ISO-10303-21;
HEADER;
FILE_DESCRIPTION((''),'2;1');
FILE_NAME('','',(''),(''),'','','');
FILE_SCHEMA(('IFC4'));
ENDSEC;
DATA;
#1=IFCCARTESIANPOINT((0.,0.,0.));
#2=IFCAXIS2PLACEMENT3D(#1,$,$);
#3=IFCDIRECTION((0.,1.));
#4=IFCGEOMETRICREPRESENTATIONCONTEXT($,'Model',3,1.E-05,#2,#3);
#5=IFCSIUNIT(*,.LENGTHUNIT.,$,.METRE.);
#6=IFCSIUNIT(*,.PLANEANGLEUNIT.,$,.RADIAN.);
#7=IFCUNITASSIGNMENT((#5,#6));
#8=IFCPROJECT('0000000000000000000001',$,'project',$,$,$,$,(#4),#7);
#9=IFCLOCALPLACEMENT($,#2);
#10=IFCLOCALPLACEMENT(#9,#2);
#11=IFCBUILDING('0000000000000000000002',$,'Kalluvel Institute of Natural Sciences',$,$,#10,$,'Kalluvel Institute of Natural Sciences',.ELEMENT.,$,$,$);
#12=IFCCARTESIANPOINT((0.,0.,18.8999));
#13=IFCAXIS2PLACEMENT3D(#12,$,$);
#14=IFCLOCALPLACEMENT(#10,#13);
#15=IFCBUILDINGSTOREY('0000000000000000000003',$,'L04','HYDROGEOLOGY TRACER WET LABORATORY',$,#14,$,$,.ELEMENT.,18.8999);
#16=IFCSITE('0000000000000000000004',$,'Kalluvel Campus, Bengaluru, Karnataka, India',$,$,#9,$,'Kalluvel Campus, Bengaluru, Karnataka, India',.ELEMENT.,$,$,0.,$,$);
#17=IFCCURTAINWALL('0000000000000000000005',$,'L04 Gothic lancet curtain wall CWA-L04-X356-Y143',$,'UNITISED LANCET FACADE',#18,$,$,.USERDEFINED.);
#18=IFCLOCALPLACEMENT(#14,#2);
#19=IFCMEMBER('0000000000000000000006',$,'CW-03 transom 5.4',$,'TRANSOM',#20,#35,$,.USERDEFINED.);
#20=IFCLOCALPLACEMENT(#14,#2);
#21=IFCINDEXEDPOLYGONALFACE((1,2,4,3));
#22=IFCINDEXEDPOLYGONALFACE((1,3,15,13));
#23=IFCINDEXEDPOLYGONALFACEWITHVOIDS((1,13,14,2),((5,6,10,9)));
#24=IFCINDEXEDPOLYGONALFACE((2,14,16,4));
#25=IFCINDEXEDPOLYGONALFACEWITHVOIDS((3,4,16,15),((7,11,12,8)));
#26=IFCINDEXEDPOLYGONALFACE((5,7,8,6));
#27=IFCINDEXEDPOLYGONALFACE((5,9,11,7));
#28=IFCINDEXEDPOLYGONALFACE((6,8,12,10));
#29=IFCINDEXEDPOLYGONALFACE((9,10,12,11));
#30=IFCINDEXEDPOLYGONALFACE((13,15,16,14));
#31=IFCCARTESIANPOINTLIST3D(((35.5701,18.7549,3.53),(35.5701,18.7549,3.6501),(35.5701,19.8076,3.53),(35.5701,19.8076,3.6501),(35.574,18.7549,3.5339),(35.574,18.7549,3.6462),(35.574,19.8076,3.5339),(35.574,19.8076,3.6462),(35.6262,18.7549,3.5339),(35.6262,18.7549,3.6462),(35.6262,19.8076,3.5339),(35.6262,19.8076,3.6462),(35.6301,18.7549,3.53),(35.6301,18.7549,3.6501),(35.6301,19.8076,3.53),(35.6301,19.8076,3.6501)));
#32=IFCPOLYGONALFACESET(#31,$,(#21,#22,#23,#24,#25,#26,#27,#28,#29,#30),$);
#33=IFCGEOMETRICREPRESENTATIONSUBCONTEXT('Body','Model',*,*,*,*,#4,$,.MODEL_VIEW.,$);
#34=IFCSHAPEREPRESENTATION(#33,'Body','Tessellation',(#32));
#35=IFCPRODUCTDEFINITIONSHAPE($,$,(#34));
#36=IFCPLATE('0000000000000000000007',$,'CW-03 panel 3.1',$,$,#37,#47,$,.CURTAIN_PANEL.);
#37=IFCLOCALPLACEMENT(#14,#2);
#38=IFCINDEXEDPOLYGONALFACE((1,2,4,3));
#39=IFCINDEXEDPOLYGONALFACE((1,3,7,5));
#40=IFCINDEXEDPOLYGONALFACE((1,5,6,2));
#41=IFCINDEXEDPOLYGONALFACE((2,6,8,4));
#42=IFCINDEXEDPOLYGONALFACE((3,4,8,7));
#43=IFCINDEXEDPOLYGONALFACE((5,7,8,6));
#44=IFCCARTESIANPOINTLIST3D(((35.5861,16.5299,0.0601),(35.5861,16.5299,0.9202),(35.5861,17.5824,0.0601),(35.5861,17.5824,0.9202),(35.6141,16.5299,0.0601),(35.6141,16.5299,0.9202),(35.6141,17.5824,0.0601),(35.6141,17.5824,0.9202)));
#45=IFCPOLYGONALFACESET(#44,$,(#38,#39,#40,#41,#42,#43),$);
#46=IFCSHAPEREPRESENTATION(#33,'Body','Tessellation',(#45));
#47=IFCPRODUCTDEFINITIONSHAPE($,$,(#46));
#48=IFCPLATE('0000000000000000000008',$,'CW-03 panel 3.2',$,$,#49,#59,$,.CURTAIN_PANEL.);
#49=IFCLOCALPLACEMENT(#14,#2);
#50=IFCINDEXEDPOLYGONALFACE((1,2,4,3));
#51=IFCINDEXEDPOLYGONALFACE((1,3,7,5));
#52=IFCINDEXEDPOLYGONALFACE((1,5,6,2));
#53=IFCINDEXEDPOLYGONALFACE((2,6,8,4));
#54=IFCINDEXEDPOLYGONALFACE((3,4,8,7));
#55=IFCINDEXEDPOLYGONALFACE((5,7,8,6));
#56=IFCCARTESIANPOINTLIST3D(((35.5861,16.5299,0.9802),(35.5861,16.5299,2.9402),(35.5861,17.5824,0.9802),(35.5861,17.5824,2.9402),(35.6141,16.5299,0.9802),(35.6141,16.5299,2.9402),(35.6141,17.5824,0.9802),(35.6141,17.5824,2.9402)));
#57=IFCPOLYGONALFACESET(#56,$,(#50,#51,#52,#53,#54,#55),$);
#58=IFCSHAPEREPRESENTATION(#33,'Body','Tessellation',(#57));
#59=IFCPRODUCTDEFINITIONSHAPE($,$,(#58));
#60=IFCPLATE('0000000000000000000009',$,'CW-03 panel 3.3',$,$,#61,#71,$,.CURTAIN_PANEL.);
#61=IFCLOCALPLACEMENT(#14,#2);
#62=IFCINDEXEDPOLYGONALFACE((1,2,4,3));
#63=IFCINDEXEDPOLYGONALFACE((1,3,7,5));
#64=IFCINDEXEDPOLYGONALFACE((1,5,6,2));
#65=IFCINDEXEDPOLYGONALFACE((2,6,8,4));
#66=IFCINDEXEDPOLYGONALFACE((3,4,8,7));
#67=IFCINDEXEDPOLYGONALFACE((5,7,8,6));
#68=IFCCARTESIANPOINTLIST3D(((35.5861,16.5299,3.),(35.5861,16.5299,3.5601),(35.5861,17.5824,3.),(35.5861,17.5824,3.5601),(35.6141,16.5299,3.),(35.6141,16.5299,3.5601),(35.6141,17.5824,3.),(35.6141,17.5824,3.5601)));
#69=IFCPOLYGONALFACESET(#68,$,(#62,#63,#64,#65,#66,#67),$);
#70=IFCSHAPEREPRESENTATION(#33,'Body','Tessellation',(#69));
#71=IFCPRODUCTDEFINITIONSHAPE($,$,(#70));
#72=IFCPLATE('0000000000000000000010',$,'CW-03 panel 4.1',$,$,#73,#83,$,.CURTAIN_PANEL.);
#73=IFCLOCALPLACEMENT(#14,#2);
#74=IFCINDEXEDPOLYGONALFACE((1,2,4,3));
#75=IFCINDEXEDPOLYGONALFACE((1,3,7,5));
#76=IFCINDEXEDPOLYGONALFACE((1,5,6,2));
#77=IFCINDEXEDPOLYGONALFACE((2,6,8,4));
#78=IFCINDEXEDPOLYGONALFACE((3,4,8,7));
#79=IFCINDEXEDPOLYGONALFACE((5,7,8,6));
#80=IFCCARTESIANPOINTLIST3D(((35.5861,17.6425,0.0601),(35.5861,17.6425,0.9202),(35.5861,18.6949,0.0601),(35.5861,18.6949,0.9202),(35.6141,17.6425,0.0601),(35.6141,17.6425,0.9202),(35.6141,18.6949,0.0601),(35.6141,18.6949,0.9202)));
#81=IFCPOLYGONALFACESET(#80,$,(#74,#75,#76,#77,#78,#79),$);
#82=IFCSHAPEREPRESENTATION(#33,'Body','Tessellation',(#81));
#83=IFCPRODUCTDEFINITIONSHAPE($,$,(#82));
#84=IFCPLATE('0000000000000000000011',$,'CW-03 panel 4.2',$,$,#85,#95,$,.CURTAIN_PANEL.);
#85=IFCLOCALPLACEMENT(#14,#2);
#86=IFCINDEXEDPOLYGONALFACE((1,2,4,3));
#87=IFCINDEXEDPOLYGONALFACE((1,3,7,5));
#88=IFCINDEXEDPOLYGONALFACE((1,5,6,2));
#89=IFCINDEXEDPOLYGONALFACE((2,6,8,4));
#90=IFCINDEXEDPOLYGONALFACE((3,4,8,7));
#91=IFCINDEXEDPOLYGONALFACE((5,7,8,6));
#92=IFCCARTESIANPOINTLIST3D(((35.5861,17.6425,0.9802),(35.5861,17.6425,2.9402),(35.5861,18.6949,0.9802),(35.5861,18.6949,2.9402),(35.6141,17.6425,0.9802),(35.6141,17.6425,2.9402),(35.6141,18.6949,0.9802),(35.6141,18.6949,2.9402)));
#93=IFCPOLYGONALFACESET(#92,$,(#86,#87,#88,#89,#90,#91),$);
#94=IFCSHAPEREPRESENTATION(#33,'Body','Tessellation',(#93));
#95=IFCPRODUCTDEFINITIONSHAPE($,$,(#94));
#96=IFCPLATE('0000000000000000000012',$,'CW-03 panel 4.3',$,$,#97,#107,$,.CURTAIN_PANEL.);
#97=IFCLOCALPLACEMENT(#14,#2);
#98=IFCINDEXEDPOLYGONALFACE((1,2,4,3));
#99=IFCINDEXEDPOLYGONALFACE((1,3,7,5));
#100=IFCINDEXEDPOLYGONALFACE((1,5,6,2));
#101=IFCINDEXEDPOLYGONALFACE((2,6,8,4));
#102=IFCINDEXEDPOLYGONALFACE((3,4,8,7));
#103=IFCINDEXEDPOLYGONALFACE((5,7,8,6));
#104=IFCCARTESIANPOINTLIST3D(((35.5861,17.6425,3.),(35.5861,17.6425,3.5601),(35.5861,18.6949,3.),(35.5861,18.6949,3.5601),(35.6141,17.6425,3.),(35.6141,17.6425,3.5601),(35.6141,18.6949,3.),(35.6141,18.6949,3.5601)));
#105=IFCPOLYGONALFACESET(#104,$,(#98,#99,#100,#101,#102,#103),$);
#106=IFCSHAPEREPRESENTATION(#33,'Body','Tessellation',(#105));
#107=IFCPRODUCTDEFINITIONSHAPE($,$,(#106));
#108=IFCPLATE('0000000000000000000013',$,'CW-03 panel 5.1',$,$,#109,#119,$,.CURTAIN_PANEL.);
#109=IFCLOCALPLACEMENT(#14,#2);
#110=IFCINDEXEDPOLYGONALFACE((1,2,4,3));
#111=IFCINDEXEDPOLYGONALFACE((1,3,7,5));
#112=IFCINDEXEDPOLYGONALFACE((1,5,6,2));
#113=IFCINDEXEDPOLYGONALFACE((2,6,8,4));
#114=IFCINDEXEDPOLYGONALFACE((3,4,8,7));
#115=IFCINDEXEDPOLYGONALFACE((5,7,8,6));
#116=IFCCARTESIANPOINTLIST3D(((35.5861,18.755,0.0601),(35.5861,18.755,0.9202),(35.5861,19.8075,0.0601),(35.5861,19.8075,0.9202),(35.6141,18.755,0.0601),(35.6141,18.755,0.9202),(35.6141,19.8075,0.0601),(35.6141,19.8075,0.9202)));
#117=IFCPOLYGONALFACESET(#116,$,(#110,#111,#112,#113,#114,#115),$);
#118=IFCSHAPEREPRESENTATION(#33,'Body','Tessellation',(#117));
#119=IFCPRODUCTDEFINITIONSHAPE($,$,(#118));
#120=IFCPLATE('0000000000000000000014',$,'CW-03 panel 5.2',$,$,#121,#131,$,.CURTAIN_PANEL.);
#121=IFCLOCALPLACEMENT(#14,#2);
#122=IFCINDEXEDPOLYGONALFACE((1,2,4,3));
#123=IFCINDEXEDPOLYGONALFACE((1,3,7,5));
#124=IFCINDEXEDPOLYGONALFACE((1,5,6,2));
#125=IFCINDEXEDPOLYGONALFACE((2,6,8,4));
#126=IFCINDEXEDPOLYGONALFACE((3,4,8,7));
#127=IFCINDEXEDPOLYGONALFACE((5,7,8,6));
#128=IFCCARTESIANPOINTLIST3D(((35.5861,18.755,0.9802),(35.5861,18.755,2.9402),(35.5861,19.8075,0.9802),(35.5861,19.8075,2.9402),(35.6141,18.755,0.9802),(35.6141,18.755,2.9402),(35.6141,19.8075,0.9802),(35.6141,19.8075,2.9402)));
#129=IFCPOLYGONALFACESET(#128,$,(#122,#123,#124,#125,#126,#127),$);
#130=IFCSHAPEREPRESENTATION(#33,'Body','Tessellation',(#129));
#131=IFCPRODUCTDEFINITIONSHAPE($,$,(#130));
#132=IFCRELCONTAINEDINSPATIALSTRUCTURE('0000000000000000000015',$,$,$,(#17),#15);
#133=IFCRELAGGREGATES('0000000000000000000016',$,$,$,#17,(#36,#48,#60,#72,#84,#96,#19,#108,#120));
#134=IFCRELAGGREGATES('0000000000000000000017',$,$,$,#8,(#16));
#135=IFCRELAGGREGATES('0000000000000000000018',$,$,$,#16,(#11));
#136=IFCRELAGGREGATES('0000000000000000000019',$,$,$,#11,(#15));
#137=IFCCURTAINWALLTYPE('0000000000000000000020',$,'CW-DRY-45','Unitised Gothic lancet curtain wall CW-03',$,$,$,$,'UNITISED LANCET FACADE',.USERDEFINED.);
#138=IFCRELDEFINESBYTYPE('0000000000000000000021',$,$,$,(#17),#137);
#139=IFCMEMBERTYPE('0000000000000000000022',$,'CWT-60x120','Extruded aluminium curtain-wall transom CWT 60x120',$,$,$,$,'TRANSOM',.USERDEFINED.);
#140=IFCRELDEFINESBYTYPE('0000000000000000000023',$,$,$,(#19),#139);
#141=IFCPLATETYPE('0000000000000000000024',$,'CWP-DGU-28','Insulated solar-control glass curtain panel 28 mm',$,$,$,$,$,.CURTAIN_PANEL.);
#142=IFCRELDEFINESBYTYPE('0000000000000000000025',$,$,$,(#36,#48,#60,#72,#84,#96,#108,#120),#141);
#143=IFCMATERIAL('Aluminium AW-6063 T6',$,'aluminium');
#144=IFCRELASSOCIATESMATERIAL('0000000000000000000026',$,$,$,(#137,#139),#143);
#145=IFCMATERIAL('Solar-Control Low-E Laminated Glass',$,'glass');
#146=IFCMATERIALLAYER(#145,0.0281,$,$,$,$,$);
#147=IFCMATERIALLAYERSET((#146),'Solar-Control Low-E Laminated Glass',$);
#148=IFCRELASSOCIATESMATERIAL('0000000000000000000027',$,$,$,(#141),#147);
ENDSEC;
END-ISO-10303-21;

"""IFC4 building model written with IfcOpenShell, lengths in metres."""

from ifc_helpers import new_model, si_unit, direction, frame, origin, origin_2d, place, context, subcontext, project, spatial, rectangle, hollow_rectangle, extrude, material, layer, layer_set, material_profile, profile_set, type_object, element, aggregate, save


model = new_model("IFC4")

# Units and contexts
model_context = context("Model", 3, precision=1e-05, world=origin(), true_north=direction((0.0, 1.0)))
body_context = subcontext(model_context, "Body", "Model", "MODEL_VIEW")
ifc_project = project(units=[si_unit("LENGTHUNIT", "METRE"), si_unit("PLANEANGLEUNIT", "RADIAN")], contexts=[model_context])

# Site, building, storey
site_placement = place(None, origin())
site = spatial("IfcSite", under=ifc_project, at=site_placement, Name="Kalluvel Campus, Bengaluru, Karnataka, India", LongName="Kalluvel Campus, Bengaluru, Karnataka, India", CompositionType="ELEMENT", RefElevation=0.0)
building_placement = place(site_placement, origin())
building = spatial("IfcBuilding", under=site, at=building_placement, Name="Kalluvel Institute of Natural Sciences", LongName="Kalluvel Institute of Natural Sciences", CompositionType="ELEMENT")
storey_placement = place(building_placement, frame((0.0, 0.0, 18.8999)))
storey = spatial("IfcBuildingStorey", under=building, at=storey_placement, Name="L04", Description="HYDROGEOLOGY TRACER WET LABORATORY", CompositionType="ELEMENT", Elevation=18.8999)

# Curtain wall, member, plates
ifc_material_1 = material(Name="Aluminium AW-6063 T6", Category="aluminium")
curtain_wall_type = type_object("IfcCurtainWallType", Name="CW-DRY-45", Description="Unitised Gothic lancet curtain wall CW-03", ElementType="UNITISED LANCET FACADE", PredefinedType="USERDEFINED", material=ifc_material_1)
curtain_wall_placement = place(storey_placement, origin())
curtain_wall = element("IfcCurtainWall", 1, at=curtain_wall_placement, inside=storey, type_object=curtain_wall_type, Name="L04 Gothic lancet curtain wall CWA-L04-X356-Y143", ObjectType="UNITISED LANCET FACADE", PredefinedType="USERDEFINED")
ifc_material_profile_1 = material_profile(ifc_material_1, hollow_rectangle(XDim=0.0601, YDim=0.1201, WallThickness=0.0039, at=origin_2d()), Name="CWT 60x120")
ifc_profile_set_1 = profile_set([ifc_material_profile_1], Name="Aluminium AW-6063 T6")
member_type_1 = type_object("IfcMemberType", Name="CWT-60x120", Description="Extruded aluminium curtain-wall transom CWT 60x120", ElementType="TRANSOM", PredefinedType="USERDEFINED", material=ifc_profile_set_1)
member_1_placement = place(storey_placement, frame((35.6001, 18.7549, 3.5901), z_axis=(0.0, 1.0, 0.0), x_axis=(-1.0, 0.0, 0.0)))
member_1 = element("IfcMember", 2, at=member_1_placement, type_object=member_type_1, Name="CW-03 transom 5.4", ObjectType="TRANSOM", PredefinedType="USERDEFINED", context=body_context, shape_type="SweptSolid", body=[
    extrude(hollow_rectangle(XDim=0.0601, YDim=0.1201, WallThickness=0.0039, at=origin_2d()), origin(), (0.0, 0.0, 1.0), 1.0527),
])
ifc_material_2 = material(Name="Solar-Control Low-E Laminated Glass", Category="glass")
ifc_layer = layer(ifc_material_2, 0.0281)
ifc_layer_set = layer_set([ifc_layer], Name="Solar-Control Low-E Laminated Glass")
plate_type = type_object("IfcPlateType", Name="CWP-DGU-28", Description="Insulated solar-control glass curtain panel 28 mm", PredefinedType="CURTAIN_PANEL", material=ifc_layer_set)
plate_1_placement = place(storey_placement, frame((35.6001, 17.0562, 0.0601), z_axis=(0.0, 0.0, 1.0), x_axis=(0.0, 1.0, 0.0)))
plate_1 = element("IfcPlate", 3, at=plate_1_placement, type_object=plate_type, Name="CW-03 panel 3.1", PredefinedType="CURTAIN_PANEL", context=body_context, shape_type="SweptSolid", body=[
    extrude(rectangle(XDim=1.0525, YDim=0.0281, at=origin_2d()), origin(), (0.0, 0.0, 1.0), 0.8601),
])
plate_2_placement = place(storey_placement, frame((35.6001, 17.0562, 0.9802), z_axis=(0.0, 0.0, 1.0), x_axis=(0.0, 1.0, 0.0)))
plate_2 = element("IfcPlate", 4, at=plate_2_placement, type_object=plate_type, Name="CW-03 panel 3.2", PredefinedType="CURTAIN_PANEL", context=body_context, shape_type="SweptSolid", body=[
    extrude(rectangle(XDim=1.0525, YDim=0.0281, at=origin_2d()), origin(), (0.0, 0.0, 1.0), 1.96),
])
plate_3_placement = place(storey_placement, frame((35.6001, 17.0562, 3.0), z_axis=(0.0, 0.0, 1.0), x_axis=(0.0, 1.0, 0.0)))
plate_3 = element("IfcPlate", 5, at=plate_3_placement, type_object=plate_type, Name="CW-03 panel 3.3", PredefinedType="CURTAIN_PANEL", context=body_context, shape_type="SweptSolid", body=[
    extrude(rectangle(XDim=1.0525, YDim=0.0281, at=origin_2d()), origin(), (0.0, 0.0, 1.0), 0.5601),
])
plate_4_placement = place(storey_placement, frame((35.6001, 18.1687, 0.0601), z_axis=(0.0, 0.0, 1.0), x_axis=(0.0, 1.0, 0.0)))
plate_4 = element("IfcPlate", 6, at=plate_4_placement, type_object=plate_type, Name="CW-03 panel 4.1", PredefinedType="CURTAIN_PANEL", context=body_context, shape_type="SweptSolid", body=[
    extrude(rectangle(XDim=1.0525, YDim=0.0281, at=origin_2d()), origin(), (0.0, 0.0, 1.0), 0.8601),
])
plate_5_placement = place(storey_placement, frame((35.6001, 18.1687, 0.9802), z_axis=(0.0, 0.0, 1.0), x_axis=(0.0, 1.0, 0.0)))
plate_5 = element("IfcPlate", 7, at=plate_5_placement, type_object=plate_type, Name="CW-03 panel 4.2", PredefinedType="CURTAIN_PANEL", context=body_context, shape_type="SweptSolid", body=[
    extrude(rectangle(XDim=1.0525, YDim=0.0281, at=origin_2d()), origin(), (0.0, 0.0, 1.0), 1.96),
])
plate_6_placement = place(storey_placement, frame((35.6001, 18.1687, 3.0), z_axis=(0.0, 0.0, 1.0), x_axis=(0.0, 1.0, 0.0)))
plate_6 = element("IfcPlate", 8, at=plate_6_placement, type_object=plate_type, Name="CW-03 panel 4.3", PredefinedType="CURTAIN_PANEL", context=body_context, shape_type="SweptSolid", body=[
    extrude(rectangle(XDim=1.0525, YDim=0.0281, at=origin_2d()), origin(), (0.0, 0.0, 1.0), 0.5601),
])
plate_7_placement = place(storey_placement, frame((35.6001, 19.2812, 0.0601), z_axis=(0.0, 0.0, 1.0), x_axis=(0.0, 1.0, 0.0)))
plate_7 = element("IfcPlate", 9, at=plate_7_placement, type_object=plate_type, Name="CW-03 panel 5.1", PredefinedType="CURTAIN_PANEL", context=body_context, shape_type="SweptSolid", body=[
    extrude(rectangle(XDim=1.0525, YDim=0.0281, at=origin_2d()), origin(), (0.0, 0.0, 1.0), 0.8601),
])
plate_8_placement = place(storey_placement, frame((35.6001, 19.2812, 0.9802), z_axis=(0.0, 0.0, 1.0), x_axis=(0.0, 1.0, 0.0)))
plate_8 = element("IfcPlate", 10, at=plate_8_placement, type_object=plate_type, Name="CW-03 panel 5.2", PredefinedType="CURTAIN_PANEL", context=body_context, shape_type="SweptSolid", body=[
    extrude(rectangle(XDim=1.0525, YDim=0.0281, at=origin_2d()), origin(), (0.0, 0.0, 1.0), 1.96),
])
aggregate(curtain_wall, [plate_1, plate_2, plate_3, plate_4, plate_5, plate_6, member_1, plate_7, plate_8])

save(model, "model.ifc")
